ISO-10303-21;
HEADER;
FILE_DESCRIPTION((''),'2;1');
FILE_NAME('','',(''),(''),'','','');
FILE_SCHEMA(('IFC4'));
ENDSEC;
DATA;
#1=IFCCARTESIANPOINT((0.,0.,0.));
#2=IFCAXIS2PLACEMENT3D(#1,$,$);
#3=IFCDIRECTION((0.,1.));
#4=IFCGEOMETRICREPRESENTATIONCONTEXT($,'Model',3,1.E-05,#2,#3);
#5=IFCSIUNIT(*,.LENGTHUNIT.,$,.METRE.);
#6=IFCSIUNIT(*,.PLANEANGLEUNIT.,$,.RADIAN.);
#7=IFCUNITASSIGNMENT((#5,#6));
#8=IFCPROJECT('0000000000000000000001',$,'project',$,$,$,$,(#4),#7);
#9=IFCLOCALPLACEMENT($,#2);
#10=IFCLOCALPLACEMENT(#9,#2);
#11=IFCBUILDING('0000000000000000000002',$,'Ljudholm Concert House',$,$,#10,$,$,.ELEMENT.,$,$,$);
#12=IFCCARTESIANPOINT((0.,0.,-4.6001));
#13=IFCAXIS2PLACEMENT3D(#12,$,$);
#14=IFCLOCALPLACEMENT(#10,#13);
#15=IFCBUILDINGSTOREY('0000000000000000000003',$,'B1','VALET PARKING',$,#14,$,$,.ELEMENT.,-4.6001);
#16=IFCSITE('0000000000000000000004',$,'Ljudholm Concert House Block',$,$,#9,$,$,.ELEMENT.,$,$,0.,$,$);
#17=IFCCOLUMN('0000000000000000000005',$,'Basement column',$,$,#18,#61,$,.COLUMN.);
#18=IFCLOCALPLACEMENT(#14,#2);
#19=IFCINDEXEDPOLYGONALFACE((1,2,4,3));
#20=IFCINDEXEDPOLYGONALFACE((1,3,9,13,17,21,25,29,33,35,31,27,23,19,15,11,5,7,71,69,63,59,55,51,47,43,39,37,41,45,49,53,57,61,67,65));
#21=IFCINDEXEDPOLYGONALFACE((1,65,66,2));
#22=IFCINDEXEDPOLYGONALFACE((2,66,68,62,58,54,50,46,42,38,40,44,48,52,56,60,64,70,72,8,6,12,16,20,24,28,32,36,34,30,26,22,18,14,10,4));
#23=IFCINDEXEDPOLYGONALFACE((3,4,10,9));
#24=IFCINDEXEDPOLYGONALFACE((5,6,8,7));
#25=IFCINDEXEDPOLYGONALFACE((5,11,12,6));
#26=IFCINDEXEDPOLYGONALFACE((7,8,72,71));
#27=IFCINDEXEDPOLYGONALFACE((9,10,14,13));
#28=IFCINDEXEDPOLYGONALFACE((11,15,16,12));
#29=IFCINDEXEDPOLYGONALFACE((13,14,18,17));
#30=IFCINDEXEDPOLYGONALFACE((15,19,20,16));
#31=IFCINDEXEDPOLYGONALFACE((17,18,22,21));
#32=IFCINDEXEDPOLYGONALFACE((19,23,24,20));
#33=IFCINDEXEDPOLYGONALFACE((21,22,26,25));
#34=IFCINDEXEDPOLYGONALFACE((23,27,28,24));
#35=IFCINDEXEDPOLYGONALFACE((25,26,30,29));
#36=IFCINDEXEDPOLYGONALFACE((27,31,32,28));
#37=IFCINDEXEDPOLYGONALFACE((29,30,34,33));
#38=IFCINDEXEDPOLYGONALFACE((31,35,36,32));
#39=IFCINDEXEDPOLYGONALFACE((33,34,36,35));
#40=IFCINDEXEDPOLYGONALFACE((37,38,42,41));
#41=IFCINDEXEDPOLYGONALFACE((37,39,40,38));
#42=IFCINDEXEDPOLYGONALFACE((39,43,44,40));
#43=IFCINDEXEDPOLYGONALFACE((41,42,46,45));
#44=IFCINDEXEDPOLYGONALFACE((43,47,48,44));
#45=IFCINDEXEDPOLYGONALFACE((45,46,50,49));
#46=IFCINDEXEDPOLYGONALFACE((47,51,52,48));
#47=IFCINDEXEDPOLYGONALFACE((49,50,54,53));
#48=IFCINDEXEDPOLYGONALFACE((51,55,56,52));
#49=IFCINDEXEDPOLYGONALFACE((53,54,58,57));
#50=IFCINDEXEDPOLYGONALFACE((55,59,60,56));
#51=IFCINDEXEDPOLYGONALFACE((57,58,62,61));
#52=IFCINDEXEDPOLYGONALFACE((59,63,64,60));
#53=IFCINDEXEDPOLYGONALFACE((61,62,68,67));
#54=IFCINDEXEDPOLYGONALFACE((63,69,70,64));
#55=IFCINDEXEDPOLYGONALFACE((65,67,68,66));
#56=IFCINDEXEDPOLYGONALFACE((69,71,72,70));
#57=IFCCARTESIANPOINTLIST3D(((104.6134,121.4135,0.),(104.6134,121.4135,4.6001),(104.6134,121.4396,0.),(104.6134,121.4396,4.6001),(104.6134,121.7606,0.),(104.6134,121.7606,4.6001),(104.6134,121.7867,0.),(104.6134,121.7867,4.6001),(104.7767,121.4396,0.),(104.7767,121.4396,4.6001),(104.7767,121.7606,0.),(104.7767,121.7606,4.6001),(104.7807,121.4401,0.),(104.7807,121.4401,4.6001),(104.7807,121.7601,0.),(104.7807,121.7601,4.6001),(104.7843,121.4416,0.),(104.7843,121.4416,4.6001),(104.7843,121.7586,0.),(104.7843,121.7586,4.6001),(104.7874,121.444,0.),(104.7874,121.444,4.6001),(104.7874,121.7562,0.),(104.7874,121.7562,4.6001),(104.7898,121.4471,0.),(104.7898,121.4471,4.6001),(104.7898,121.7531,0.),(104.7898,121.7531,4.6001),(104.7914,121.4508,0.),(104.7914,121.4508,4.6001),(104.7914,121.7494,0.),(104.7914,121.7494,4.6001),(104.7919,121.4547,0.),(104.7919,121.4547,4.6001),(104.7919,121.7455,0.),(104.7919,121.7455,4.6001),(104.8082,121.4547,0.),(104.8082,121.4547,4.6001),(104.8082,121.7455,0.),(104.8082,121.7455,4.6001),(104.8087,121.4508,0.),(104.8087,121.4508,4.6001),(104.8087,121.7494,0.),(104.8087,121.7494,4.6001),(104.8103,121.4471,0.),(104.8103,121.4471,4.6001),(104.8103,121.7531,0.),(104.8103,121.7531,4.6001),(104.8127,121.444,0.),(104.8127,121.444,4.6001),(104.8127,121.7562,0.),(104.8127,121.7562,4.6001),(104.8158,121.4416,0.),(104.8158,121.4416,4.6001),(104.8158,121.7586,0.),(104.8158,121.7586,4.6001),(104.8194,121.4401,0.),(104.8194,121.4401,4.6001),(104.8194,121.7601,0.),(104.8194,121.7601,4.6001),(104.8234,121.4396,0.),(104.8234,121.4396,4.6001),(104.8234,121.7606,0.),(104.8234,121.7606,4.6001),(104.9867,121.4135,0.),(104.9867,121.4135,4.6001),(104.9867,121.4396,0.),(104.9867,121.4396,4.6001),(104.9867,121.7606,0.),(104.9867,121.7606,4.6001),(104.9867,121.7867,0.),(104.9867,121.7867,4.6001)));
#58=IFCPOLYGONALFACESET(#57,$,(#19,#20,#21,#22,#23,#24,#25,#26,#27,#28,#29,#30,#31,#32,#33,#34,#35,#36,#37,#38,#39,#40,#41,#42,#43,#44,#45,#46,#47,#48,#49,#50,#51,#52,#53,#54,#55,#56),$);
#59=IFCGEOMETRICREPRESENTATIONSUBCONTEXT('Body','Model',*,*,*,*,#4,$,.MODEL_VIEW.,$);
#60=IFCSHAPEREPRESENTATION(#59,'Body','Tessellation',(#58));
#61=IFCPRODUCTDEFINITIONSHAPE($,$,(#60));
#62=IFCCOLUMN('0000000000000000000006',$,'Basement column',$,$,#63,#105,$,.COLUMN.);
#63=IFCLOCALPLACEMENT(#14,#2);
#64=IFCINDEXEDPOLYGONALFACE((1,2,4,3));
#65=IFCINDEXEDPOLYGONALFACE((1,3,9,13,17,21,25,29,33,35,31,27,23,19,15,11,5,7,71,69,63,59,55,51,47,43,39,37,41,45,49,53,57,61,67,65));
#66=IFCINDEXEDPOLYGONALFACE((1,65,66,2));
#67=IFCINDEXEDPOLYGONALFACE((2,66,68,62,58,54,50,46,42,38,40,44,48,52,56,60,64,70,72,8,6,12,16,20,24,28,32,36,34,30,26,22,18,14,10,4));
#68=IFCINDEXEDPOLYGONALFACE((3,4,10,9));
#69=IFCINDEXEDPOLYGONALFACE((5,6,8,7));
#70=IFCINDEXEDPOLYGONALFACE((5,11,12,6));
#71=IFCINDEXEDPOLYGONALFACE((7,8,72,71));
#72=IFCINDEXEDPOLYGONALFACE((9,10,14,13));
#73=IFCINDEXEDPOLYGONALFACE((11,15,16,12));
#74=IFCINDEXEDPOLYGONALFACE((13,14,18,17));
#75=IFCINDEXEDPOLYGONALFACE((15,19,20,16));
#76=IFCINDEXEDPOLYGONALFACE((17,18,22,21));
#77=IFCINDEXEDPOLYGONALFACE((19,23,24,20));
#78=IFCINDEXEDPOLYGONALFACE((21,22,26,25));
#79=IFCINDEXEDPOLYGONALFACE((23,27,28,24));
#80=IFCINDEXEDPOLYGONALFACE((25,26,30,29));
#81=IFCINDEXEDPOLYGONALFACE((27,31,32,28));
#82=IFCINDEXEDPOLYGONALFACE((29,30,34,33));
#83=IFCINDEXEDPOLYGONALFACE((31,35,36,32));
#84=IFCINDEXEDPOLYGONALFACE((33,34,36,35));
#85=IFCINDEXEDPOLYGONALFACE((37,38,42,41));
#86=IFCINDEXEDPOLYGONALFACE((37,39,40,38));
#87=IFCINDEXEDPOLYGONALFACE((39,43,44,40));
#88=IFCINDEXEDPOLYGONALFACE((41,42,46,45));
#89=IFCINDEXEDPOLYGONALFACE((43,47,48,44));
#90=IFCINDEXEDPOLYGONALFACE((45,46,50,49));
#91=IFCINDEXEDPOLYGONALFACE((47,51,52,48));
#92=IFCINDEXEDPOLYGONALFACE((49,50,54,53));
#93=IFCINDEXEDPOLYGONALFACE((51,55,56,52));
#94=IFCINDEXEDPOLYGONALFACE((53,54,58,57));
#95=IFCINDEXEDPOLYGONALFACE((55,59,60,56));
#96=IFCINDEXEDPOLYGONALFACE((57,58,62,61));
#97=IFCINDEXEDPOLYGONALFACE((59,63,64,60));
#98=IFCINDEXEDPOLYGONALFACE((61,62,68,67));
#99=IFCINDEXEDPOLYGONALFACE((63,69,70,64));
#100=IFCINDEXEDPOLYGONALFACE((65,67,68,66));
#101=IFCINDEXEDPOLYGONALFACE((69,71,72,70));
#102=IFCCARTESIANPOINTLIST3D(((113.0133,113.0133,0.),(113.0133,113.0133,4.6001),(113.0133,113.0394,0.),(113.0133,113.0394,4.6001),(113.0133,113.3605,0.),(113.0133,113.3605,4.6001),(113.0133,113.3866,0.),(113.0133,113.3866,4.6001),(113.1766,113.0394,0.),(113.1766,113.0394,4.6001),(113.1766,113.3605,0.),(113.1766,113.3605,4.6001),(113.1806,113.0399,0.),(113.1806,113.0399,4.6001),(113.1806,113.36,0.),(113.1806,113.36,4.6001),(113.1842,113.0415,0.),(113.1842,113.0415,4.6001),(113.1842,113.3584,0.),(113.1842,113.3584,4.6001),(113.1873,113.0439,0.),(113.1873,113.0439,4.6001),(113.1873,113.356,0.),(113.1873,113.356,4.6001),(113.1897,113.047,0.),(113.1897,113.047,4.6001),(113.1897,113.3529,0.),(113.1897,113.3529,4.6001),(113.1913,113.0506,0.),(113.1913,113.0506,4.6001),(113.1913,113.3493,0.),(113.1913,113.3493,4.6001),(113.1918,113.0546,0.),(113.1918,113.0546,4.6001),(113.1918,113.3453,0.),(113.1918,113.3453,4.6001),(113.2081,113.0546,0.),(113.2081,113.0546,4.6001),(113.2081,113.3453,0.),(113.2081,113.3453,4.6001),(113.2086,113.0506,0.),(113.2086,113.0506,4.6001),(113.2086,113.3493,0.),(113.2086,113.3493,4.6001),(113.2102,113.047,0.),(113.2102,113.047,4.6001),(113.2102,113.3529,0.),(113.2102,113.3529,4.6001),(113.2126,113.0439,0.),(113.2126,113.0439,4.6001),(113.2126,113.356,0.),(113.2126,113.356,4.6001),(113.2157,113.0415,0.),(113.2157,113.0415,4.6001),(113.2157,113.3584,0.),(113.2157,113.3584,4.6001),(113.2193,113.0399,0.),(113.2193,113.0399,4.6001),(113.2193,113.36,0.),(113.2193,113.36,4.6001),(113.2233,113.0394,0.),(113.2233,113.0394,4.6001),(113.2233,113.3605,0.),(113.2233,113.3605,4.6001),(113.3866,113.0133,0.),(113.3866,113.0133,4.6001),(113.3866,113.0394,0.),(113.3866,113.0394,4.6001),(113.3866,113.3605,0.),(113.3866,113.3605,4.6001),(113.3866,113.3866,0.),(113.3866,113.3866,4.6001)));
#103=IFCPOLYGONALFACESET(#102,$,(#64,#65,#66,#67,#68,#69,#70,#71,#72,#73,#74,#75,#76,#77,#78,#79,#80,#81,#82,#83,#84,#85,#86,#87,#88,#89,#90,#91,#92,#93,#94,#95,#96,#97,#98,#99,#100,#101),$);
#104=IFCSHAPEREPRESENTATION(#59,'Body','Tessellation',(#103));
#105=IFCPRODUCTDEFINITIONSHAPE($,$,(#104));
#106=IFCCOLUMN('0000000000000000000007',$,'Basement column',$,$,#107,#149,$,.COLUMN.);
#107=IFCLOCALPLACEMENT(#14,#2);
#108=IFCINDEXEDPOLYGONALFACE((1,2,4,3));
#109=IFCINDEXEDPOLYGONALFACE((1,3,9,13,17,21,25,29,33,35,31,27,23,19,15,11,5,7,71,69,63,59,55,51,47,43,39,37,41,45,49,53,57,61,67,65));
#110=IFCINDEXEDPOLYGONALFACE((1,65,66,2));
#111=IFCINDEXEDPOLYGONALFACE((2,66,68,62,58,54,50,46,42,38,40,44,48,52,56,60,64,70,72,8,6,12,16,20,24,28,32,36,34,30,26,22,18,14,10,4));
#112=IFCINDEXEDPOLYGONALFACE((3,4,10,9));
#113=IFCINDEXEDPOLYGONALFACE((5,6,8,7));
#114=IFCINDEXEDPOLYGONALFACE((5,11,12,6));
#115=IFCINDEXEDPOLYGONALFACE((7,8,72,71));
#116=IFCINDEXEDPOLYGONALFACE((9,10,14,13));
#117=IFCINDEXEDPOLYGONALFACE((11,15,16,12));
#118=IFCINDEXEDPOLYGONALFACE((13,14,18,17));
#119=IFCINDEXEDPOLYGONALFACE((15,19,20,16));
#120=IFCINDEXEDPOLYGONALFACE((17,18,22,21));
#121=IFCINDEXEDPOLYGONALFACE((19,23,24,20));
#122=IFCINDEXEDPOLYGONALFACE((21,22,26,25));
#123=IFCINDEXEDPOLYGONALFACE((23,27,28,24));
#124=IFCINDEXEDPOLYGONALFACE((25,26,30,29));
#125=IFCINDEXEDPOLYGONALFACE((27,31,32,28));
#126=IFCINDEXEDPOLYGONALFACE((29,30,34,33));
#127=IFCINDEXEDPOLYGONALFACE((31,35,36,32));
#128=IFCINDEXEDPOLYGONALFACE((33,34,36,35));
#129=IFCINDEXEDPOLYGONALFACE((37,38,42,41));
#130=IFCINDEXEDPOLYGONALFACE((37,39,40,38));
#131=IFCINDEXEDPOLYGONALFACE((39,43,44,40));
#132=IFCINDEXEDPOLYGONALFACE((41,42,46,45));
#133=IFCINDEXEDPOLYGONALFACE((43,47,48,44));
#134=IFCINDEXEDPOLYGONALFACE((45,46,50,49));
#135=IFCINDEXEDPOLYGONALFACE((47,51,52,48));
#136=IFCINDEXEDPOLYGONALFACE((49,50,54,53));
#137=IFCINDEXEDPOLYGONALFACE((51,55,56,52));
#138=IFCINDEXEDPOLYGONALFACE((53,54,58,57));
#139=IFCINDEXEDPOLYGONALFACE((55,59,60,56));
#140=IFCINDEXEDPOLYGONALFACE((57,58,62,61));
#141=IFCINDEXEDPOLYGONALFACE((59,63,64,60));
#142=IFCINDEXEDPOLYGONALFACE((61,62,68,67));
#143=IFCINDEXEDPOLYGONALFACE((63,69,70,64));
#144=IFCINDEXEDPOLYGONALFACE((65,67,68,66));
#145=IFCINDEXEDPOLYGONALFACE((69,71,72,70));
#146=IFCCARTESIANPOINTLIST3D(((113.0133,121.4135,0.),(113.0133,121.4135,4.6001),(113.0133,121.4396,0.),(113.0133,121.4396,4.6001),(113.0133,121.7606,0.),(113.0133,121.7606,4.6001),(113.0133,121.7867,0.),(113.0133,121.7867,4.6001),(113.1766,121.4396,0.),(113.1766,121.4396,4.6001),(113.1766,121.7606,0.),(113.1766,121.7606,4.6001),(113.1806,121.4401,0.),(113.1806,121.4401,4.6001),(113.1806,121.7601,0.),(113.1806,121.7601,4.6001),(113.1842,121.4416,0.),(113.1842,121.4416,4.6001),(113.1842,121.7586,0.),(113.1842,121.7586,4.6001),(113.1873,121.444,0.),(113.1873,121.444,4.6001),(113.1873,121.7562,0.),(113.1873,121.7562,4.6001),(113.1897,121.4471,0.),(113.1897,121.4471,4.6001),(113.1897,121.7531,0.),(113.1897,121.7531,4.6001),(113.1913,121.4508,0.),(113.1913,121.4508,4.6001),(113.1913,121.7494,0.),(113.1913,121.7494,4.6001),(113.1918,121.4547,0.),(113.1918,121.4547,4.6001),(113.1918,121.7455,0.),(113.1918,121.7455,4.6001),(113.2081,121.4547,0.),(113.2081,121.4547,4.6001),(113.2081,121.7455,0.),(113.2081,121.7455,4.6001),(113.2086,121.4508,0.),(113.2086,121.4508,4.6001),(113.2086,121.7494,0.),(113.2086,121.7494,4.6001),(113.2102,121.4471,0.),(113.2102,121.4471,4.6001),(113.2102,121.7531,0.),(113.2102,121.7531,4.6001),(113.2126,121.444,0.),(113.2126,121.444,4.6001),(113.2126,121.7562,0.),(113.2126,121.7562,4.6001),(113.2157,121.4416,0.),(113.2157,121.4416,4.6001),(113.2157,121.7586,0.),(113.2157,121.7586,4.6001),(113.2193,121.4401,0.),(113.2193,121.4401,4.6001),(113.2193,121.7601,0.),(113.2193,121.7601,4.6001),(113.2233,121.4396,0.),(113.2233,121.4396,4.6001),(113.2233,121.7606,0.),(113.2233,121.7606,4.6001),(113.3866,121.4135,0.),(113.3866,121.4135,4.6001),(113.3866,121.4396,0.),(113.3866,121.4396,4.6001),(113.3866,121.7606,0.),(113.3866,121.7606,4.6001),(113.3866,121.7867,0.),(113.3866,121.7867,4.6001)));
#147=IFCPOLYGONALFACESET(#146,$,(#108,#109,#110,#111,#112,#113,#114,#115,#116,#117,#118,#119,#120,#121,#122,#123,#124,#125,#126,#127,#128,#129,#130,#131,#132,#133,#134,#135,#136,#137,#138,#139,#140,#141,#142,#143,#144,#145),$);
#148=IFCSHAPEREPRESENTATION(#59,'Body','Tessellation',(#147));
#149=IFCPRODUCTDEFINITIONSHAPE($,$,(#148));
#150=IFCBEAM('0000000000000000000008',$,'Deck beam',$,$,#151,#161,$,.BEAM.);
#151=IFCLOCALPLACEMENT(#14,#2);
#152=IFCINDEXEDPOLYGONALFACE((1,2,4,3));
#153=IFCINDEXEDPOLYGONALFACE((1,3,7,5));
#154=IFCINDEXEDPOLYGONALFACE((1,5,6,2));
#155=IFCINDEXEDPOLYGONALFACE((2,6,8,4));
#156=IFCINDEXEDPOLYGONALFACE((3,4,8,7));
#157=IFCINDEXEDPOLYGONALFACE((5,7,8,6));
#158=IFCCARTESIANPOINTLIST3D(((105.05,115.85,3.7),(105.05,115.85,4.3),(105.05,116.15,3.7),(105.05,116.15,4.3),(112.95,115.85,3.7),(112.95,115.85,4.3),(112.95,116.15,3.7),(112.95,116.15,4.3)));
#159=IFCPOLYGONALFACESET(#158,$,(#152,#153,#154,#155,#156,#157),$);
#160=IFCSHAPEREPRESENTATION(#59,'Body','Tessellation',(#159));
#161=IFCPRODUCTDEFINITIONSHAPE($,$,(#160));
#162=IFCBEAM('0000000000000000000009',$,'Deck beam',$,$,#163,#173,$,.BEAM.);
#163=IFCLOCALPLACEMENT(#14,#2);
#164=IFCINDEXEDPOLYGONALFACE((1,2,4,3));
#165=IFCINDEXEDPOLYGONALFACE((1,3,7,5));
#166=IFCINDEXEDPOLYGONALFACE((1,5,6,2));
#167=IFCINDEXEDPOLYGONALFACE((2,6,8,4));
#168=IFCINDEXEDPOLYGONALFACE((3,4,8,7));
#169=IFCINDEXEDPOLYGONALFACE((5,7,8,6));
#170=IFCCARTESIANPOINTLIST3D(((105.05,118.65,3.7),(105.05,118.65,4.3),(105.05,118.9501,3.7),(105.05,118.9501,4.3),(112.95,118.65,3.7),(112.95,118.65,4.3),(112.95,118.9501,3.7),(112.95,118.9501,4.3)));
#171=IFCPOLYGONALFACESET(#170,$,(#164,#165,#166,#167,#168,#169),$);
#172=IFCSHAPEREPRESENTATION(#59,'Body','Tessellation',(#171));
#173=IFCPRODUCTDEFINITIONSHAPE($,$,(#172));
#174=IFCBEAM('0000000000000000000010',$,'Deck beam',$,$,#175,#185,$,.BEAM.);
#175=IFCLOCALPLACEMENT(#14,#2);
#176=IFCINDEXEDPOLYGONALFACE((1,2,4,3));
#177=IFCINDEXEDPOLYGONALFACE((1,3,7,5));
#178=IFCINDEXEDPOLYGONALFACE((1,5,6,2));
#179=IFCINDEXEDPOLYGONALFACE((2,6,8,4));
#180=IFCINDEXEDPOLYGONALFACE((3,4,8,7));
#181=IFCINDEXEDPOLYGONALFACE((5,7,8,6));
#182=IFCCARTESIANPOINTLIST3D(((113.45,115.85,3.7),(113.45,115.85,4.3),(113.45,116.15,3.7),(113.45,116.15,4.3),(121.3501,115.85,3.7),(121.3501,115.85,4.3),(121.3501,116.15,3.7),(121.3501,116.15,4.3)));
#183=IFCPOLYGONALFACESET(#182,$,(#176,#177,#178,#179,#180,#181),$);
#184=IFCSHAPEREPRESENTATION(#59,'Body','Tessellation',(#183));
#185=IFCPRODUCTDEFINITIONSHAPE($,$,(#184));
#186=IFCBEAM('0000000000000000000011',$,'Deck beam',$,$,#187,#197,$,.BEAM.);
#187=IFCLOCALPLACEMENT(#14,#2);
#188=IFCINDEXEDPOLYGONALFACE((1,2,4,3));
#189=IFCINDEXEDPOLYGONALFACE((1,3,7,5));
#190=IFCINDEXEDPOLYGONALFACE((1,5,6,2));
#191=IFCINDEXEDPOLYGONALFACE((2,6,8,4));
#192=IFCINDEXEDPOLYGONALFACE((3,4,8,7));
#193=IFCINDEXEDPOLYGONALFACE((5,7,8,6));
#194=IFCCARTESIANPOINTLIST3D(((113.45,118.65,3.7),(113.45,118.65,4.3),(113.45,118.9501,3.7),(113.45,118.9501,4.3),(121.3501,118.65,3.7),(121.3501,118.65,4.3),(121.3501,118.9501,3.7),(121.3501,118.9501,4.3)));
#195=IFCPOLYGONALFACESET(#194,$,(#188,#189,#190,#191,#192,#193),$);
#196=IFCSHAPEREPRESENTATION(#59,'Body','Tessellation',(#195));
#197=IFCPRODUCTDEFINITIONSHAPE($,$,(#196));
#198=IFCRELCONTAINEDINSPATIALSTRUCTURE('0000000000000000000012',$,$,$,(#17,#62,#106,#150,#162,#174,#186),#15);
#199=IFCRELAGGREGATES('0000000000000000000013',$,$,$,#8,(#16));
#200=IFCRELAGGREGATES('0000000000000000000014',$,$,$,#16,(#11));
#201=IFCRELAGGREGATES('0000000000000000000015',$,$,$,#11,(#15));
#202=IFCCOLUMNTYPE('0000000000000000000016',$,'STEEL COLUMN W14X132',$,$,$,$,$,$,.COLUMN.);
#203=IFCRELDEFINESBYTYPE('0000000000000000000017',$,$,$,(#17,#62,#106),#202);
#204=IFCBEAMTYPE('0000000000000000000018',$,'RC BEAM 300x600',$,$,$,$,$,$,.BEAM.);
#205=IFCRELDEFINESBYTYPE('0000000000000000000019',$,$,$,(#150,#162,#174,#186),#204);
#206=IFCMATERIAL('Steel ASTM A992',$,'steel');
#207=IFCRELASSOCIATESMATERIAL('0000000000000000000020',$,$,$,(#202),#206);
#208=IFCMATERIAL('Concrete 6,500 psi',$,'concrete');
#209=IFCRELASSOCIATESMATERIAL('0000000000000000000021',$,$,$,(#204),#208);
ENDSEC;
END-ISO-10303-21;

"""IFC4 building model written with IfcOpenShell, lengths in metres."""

from ifc_helpers import new_model, si_unit, direction, frame, origin, origin_2d, place, context, subcontext, project, spatial, rectangle, i_section, extrude, material, material_profile, profile_set, type_object, element, save


model = new_model("IFC4")

# Units and contexts
model_context = context("Model", 3, precision=1e-05, world=origin(), true_north=direction((0.0, 1.0)))
body_context = subcontext(model_context, "Body", "Model", "MODEL_VIEW")
ifc_project = project(units=[si_unit("LENGTHUNIT", "METRE"), si_unit("PLANEANGLEUNIT", "RADIAN")], contexts=[model_context])

# Site, building, storey
site_placement = place(None, origin())
site = spatial("IfcSite", under=ifc_project, at=site_placement, Name="Ljudholm Concert House Block", CompositionType="ELEMENT", RefElevation=0.0)
building_placement = place(site_placement, origin())
building = spatial("IfcBuilding", under=site, at=building_placement, Name="Ljudholm Concert House", CompositionType="ELEMENT")
storey_placement = place(building_placement, frame((0.0, 0.0, -4.6001)))
storey = spatial("IfcBuildingStorey", under=building, at=storey_placement, Name="B1", Description="VALET PARKING", CompositionType="ELEMENT", Elevation=-4.6001)

# Columns
ifc_material_1 = material(Name="Steel ASTM A992", Category="steel")
ifc_material_profile_1 = material_profile(ifc_material_1, i_section(OverallWidth=0.3733, OverallDepth=0.3733, WebThickness=0.0164, FlangeThickness=0.0261, FilletRadius=0.0151, at=origin_2d()), Name="W14X132")
ifc_profile_set_1 = profile_set([ifc_material_profile_1], Name="Steel ASTM A992")
column_type = type_object("IfcColumnType", Name="STEEL COLUMN W14X132", PredefinedType="COLUMN", material=ifc_profile_set_1)
for number, where, z_axis, x_axis, name in (
    (1, (104.8, 121.6001, 0.0), (0.0, 0.0, 1.0), (1.0, 0.0, 0.0), "Basement column"),
    (2, (113.2, 113.2, 0.0), (0.0, 0.0, 1.0), (1.0, 0.0, 0.0), "Basement column"),
    (3, (113.2, 121.6001, 0.0), (0.0, 0.0, 1.0), (1.0, 0.0, 0.0), "Basement column"),
):
    element("IfcColumn", number, at=place(storey_placement, frame(where, z_axis=z_axis, x_axis=x_axis)), inside=storey, type_object=column_type, Name=name, PredefinedType="COLUMN", context=body_context, shape_type="SweptSolid", body=[
        extrude(i_section(OverallWidth=0.3733, OverallDepth=0.3733, WebThickness=0.0164, FlangeThickness=0.0261, FilletRadius=0.0151, at=origin_2d()), origin(), (0.0, 0.0, 1.0), 4.6001),
    ])

# Beams
ifc_material_2 = material(Name="Concrete 6,500 psi", Category="concrete")
ifc_material_profile_2 = material_profile(ifc_material_2, rectangle(XDim=0.3, YDim=0.6001, at=origin_2d()), Name="RC BEAM 300x600")
ifc_profile_set_2 = profile_set([ifc_material_profile_2], Name="Concrete 6,500 psi")
beam_type_1 = type_object("IfcBeamType", Name="RC BEAM 300x600", PredefinedType="BEAM", material=ifc_profile_set_2)
for number, where, z_axis, x_axis, name in (
    (4, (105.05, 116.0, 4.0), (1.0, 0.0, 0.0), (0.0, 1.0, 0.0), "Deck beam"),
    (5, (105.05, 118.8, 4.0), (1.0, 0.0, 0.0), (0.0, 1.0, 0.0), "Deck beam"),
):
    element("IfcBeam", number, at=place(storey_placement, frame(where, z_axis=z_axis, x_axis=x_axis)), inside=storey, type_object=beam_type_1, Name=name, PredefinedType="BEAM", context=body_context, shape_type="SweptSolid", body=[
        extrude(rectangle(XDim=0.3, YDim=0.6001, at=origin_2d()), origin(), (0.0, 0.0, 1.0), 7.8999),
    ])
for number, where, z_axis, x_axis, name in (
    (6, (113.45, 116.0, 4.0), (1.0, 0.0, 0.0), (0.0, 1.0, 0.0), "Deck beam"),
    (7, (113.45, 118.8, 4.0), (1.0, 0.0, 0.0), (0.0, 1.0, 0.0), "Deck beam"),
):
    element("IfcBeam", number, at=place(storey_placement, frame(where, z_axis=z_axis, x_axis=x_axis)), inside=storey, type_object=beam_type_1, Name=name, PredefinedType="BEAM", context=body_context, shape_type="SweptSolid", body=[
        extrude(rectangle(XDim=0.3, YDim=0.6001, at=origin_2d()), origin(), (0.0, 0.0, 1.0), 7.9001),
    ])

save(model, "model.ifc")
